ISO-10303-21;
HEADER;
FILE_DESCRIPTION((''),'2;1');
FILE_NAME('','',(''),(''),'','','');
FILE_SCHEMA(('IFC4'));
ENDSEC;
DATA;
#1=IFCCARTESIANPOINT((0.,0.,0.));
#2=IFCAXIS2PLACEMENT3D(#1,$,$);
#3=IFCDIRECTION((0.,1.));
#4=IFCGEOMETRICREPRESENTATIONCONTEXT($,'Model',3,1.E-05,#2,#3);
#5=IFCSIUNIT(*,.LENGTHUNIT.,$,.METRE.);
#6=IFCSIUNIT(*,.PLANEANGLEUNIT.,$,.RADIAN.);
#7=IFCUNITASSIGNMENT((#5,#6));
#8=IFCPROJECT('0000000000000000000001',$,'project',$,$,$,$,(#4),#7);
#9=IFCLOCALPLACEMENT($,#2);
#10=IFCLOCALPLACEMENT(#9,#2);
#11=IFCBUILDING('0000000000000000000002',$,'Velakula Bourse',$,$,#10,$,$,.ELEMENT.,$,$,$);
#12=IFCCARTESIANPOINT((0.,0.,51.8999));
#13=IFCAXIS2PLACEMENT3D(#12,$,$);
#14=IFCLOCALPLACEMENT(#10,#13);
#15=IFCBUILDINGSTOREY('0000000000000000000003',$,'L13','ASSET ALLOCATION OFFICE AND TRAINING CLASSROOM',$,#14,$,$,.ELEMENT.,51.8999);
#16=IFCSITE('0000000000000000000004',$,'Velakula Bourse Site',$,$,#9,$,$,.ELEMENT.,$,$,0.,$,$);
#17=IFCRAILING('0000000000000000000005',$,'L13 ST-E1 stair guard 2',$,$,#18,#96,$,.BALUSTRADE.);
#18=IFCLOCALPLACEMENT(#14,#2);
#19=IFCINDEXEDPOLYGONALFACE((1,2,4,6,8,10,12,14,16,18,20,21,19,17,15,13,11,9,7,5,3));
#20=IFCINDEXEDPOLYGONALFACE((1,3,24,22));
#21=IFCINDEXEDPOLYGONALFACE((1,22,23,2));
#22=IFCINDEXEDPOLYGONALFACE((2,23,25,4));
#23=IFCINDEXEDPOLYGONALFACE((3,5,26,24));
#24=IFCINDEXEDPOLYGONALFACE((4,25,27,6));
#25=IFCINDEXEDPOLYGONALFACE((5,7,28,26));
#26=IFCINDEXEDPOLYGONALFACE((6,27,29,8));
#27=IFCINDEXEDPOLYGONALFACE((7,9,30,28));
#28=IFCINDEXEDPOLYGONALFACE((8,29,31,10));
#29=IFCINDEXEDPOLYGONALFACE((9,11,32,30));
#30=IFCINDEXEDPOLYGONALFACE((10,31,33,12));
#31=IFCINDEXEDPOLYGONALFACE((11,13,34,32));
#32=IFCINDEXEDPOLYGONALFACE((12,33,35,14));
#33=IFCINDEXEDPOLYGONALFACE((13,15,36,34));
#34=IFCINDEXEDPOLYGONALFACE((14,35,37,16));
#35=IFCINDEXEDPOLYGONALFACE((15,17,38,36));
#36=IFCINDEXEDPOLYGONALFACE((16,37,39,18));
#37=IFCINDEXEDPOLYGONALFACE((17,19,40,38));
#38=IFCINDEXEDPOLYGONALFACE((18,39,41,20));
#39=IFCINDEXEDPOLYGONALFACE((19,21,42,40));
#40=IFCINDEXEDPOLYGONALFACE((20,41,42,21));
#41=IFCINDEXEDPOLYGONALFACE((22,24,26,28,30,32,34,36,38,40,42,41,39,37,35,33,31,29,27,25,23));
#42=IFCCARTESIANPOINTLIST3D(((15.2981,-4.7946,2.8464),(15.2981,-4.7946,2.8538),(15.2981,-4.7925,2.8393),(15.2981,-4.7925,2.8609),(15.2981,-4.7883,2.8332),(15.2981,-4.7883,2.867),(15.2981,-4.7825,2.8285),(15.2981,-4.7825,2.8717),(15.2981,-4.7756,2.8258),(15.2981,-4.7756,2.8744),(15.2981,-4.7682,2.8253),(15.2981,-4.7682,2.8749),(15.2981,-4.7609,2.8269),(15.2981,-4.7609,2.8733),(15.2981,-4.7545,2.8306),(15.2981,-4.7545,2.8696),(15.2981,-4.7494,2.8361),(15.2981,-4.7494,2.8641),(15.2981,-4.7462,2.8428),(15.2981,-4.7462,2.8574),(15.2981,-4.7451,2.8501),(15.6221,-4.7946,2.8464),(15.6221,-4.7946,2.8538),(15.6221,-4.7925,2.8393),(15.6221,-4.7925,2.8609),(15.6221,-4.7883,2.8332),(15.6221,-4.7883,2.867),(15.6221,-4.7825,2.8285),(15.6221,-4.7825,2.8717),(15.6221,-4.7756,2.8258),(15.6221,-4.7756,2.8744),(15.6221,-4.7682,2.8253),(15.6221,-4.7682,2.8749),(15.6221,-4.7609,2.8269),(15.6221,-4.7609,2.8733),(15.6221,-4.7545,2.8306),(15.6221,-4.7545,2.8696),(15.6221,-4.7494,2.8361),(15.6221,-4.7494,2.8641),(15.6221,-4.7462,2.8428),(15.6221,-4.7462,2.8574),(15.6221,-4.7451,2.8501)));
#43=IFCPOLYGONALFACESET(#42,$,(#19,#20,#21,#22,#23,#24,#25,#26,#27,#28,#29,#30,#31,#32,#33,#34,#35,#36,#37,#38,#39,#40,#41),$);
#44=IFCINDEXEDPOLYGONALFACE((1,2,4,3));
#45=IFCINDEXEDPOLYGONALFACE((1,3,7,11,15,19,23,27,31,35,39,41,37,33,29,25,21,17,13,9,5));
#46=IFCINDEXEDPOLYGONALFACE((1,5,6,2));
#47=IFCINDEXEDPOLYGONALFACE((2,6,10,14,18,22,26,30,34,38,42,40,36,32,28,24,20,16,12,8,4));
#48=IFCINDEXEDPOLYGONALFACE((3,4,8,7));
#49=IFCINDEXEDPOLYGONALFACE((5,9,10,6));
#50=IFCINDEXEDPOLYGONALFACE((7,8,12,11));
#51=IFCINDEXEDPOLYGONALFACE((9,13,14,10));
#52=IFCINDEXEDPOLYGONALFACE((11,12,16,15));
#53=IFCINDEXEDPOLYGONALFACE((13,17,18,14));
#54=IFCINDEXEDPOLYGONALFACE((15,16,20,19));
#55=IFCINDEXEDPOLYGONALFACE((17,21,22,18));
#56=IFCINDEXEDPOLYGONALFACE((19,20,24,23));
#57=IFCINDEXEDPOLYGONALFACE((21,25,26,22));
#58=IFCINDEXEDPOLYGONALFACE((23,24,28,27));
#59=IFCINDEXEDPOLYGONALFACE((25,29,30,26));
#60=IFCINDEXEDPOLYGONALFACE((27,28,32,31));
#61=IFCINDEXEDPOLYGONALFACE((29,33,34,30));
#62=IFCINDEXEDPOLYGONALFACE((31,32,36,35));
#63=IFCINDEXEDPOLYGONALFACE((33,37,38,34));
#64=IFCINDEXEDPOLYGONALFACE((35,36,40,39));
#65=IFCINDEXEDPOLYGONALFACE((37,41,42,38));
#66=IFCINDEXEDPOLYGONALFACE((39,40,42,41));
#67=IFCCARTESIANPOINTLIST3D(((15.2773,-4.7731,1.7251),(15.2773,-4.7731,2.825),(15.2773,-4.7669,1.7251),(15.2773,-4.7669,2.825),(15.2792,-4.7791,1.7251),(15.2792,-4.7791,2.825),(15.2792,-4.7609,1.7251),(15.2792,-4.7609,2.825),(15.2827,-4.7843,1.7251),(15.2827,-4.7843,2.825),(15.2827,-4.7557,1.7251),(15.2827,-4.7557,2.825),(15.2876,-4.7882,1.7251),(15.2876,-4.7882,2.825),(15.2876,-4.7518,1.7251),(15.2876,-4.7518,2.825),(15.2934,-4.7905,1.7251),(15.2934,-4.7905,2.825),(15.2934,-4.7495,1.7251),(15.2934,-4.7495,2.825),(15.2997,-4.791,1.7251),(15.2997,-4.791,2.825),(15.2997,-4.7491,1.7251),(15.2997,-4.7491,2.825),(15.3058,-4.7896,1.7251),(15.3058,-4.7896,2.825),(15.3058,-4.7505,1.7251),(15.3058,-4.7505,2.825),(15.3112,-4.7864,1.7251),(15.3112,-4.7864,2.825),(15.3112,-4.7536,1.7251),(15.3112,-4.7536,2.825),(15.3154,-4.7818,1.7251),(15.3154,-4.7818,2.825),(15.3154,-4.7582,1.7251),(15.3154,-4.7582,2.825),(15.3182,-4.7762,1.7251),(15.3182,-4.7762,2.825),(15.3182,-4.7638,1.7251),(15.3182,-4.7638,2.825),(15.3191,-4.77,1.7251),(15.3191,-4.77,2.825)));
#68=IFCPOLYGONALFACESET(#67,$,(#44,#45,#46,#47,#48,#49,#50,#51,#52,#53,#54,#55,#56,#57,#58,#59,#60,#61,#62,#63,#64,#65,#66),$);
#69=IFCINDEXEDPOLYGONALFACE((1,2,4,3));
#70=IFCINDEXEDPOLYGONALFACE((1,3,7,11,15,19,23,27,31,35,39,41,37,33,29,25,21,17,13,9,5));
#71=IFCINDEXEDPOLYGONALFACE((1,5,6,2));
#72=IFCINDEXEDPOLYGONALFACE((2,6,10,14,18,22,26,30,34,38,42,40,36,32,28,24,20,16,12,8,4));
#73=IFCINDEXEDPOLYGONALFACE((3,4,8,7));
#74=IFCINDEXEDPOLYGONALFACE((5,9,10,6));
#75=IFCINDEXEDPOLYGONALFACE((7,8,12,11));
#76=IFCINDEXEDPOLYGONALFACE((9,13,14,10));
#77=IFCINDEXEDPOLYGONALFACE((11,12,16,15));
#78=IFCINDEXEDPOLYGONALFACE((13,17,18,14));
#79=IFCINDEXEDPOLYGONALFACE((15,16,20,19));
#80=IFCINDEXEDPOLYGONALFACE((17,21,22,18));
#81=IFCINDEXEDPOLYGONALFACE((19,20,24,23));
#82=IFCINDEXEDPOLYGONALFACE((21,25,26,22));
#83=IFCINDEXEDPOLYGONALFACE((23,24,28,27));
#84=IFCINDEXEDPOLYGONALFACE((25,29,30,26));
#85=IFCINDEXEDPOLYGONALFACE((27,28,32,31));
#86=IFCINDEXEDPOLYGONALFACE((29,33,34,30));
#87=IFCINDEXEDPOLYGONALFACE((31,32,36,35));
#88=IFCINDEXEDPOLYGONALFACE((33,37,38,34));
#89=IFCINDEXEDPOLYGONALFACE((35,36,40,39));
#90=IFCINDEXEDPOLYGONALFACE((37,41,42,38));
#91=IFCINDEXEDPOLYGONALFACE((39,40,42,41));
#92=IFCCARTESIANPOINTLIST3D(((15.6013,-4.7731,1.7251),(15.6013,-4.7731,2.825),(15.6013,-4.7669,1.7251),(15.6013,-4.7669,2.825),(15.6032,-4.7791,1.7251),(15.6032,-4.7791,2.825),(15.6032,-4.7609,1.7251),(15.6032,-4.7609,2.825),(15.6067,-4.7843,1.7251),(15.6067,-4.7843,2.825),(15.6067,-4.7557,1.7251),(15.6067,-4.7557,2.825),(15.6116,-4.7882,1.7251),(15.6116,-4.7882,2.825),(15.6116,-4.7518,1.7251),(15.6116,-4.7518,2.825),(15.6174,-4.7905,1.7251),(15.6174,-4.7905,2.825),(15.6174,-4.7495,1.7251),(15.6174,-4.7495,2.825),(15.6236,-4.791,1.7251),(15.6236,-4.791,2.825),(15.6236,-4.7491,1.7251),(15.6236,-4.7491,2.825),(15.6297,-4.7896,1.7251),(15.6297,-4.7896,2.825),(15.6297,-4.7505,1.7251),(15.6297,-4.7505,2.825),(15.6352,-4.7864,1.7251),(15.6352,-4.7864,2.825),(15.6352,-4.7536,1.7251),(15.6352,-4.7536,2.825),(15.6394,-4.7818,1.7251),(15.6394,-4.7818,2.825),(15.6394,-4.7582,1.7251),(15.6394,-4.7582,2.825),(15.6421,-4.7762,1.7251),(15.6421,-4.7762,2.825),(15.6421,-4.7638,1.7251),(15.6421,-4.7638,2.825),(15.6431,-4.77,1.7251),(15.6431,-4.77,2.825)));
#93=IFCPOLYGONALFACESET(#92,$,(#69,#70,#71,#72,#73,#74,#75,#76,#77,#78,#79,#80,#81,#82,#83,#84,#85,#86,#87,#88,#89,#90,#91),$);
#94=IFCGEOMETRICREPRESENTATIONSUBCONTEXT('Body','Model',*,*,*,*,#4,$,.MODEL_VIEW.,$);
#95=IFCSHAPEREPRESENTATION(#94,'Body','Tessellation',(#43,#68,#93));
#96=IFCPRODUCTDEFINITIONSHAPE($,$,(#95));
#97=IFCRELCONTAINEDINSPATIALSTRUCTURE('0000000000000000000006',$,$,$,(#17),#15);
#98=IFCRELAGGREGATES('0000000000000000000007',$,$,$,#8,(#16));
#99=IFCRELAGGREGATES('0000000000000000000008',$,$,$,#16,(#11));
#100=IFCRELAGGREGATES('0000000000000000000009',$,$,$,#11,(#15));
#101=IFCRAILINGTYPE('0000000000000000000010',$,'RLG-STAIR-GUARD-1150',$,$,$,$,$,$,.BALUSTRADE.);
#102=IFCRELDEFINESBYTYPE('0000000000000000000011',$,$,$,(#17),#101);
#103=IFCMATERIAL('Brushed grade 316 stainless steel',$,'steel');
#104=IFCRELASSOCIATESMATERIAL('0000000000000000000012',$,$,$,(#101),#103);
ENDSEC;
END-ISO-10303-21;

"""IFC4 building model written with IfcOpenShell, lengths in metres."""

from ifc_helpers import new_model, si_unit, direction, frame, origin, origin_2d, place, context, subcontext, project, spatial, circle, extrude, material, type_object, element, save


model = new_model("IFC4")

# Units and contexts
model_context = context("Model", 3, precision=1e-05, world=origin(), true_north=direction((0.0, 1.0)))
body_context = subcontext(model_context, "Body", "Model", "MODEL_VIEW")
ifc_project = project(units=[si_unit("LENGTHUNIT", "METRE"), si_unit("PLANEANGLEUNIT", "RADIAN")], contexts=[model_context])

# Site, building, storey
site_placement = place(None, origin())
site = spatial("IfcSite", under=ifc_project, at=site_placement, Name="Velakula Bourse Site", CompositionType="ELEMENT", RefElevation=0.0)
building_placement = place(site_placement, origin())
building = spatial("IfcBuilding", under=site, at=building_placement, Name="Velakula Bourse", CompositionType="ELEMENT")
storey_placement = place(building_placement, frame((0.0, 0.0, 51.8999)))
storey = spatial("IfcBuildingStorey", under=building, at=storey_placement, Name="L13", Description="ASSET ALLOCATION OFFICE AND TRAINING CLASSROOM", CompositionType="ELEMENT", Elevation=51.8999)

# Shared definitions
ifc_material_1 = material(Name="Brushed grade 316 stainless steel", Category="steel")

# Railing
railing_type_1 = type_object("IfcRailingType", Name="RLG-STAIR-GUARD-1150", PredefinedType="BALUSTRADE", material=ifc_material_1)
railing_1_placement = place(storey_placement, frame((15.2981, -4.77, 1.7251)))
element("IfcRailing", 1, at=railing_1_placement, inside=storey, type_object=railing_type_1, Name="L13 ST-E1 stair guard 2", PredefinedType="BALUSTRADE", context=body_context, shape_type="SweptSolid", body=[
    extrude(circle(Radius=0.0249, at=origin_2d()), frame((0.0, 0.0, 1.125), z_axis=(1.0, 0.0, 0.0), x_axis=(0.0, 1.0, 0.0)), (0.0, 0.0, 1.0), 0.324),
    extrude(circle(Radius=0.021, at=origin_2d()), origin(), (0.0, 0.0, 1.0), 1.0999),
    extrude(circle(Radius=0.021, at=origin_2d()), frame((0.324, 0.0, 0.0)), (0.0, 0.0, 1.0), 1.0999),
])

save(model, "model.ifc")
